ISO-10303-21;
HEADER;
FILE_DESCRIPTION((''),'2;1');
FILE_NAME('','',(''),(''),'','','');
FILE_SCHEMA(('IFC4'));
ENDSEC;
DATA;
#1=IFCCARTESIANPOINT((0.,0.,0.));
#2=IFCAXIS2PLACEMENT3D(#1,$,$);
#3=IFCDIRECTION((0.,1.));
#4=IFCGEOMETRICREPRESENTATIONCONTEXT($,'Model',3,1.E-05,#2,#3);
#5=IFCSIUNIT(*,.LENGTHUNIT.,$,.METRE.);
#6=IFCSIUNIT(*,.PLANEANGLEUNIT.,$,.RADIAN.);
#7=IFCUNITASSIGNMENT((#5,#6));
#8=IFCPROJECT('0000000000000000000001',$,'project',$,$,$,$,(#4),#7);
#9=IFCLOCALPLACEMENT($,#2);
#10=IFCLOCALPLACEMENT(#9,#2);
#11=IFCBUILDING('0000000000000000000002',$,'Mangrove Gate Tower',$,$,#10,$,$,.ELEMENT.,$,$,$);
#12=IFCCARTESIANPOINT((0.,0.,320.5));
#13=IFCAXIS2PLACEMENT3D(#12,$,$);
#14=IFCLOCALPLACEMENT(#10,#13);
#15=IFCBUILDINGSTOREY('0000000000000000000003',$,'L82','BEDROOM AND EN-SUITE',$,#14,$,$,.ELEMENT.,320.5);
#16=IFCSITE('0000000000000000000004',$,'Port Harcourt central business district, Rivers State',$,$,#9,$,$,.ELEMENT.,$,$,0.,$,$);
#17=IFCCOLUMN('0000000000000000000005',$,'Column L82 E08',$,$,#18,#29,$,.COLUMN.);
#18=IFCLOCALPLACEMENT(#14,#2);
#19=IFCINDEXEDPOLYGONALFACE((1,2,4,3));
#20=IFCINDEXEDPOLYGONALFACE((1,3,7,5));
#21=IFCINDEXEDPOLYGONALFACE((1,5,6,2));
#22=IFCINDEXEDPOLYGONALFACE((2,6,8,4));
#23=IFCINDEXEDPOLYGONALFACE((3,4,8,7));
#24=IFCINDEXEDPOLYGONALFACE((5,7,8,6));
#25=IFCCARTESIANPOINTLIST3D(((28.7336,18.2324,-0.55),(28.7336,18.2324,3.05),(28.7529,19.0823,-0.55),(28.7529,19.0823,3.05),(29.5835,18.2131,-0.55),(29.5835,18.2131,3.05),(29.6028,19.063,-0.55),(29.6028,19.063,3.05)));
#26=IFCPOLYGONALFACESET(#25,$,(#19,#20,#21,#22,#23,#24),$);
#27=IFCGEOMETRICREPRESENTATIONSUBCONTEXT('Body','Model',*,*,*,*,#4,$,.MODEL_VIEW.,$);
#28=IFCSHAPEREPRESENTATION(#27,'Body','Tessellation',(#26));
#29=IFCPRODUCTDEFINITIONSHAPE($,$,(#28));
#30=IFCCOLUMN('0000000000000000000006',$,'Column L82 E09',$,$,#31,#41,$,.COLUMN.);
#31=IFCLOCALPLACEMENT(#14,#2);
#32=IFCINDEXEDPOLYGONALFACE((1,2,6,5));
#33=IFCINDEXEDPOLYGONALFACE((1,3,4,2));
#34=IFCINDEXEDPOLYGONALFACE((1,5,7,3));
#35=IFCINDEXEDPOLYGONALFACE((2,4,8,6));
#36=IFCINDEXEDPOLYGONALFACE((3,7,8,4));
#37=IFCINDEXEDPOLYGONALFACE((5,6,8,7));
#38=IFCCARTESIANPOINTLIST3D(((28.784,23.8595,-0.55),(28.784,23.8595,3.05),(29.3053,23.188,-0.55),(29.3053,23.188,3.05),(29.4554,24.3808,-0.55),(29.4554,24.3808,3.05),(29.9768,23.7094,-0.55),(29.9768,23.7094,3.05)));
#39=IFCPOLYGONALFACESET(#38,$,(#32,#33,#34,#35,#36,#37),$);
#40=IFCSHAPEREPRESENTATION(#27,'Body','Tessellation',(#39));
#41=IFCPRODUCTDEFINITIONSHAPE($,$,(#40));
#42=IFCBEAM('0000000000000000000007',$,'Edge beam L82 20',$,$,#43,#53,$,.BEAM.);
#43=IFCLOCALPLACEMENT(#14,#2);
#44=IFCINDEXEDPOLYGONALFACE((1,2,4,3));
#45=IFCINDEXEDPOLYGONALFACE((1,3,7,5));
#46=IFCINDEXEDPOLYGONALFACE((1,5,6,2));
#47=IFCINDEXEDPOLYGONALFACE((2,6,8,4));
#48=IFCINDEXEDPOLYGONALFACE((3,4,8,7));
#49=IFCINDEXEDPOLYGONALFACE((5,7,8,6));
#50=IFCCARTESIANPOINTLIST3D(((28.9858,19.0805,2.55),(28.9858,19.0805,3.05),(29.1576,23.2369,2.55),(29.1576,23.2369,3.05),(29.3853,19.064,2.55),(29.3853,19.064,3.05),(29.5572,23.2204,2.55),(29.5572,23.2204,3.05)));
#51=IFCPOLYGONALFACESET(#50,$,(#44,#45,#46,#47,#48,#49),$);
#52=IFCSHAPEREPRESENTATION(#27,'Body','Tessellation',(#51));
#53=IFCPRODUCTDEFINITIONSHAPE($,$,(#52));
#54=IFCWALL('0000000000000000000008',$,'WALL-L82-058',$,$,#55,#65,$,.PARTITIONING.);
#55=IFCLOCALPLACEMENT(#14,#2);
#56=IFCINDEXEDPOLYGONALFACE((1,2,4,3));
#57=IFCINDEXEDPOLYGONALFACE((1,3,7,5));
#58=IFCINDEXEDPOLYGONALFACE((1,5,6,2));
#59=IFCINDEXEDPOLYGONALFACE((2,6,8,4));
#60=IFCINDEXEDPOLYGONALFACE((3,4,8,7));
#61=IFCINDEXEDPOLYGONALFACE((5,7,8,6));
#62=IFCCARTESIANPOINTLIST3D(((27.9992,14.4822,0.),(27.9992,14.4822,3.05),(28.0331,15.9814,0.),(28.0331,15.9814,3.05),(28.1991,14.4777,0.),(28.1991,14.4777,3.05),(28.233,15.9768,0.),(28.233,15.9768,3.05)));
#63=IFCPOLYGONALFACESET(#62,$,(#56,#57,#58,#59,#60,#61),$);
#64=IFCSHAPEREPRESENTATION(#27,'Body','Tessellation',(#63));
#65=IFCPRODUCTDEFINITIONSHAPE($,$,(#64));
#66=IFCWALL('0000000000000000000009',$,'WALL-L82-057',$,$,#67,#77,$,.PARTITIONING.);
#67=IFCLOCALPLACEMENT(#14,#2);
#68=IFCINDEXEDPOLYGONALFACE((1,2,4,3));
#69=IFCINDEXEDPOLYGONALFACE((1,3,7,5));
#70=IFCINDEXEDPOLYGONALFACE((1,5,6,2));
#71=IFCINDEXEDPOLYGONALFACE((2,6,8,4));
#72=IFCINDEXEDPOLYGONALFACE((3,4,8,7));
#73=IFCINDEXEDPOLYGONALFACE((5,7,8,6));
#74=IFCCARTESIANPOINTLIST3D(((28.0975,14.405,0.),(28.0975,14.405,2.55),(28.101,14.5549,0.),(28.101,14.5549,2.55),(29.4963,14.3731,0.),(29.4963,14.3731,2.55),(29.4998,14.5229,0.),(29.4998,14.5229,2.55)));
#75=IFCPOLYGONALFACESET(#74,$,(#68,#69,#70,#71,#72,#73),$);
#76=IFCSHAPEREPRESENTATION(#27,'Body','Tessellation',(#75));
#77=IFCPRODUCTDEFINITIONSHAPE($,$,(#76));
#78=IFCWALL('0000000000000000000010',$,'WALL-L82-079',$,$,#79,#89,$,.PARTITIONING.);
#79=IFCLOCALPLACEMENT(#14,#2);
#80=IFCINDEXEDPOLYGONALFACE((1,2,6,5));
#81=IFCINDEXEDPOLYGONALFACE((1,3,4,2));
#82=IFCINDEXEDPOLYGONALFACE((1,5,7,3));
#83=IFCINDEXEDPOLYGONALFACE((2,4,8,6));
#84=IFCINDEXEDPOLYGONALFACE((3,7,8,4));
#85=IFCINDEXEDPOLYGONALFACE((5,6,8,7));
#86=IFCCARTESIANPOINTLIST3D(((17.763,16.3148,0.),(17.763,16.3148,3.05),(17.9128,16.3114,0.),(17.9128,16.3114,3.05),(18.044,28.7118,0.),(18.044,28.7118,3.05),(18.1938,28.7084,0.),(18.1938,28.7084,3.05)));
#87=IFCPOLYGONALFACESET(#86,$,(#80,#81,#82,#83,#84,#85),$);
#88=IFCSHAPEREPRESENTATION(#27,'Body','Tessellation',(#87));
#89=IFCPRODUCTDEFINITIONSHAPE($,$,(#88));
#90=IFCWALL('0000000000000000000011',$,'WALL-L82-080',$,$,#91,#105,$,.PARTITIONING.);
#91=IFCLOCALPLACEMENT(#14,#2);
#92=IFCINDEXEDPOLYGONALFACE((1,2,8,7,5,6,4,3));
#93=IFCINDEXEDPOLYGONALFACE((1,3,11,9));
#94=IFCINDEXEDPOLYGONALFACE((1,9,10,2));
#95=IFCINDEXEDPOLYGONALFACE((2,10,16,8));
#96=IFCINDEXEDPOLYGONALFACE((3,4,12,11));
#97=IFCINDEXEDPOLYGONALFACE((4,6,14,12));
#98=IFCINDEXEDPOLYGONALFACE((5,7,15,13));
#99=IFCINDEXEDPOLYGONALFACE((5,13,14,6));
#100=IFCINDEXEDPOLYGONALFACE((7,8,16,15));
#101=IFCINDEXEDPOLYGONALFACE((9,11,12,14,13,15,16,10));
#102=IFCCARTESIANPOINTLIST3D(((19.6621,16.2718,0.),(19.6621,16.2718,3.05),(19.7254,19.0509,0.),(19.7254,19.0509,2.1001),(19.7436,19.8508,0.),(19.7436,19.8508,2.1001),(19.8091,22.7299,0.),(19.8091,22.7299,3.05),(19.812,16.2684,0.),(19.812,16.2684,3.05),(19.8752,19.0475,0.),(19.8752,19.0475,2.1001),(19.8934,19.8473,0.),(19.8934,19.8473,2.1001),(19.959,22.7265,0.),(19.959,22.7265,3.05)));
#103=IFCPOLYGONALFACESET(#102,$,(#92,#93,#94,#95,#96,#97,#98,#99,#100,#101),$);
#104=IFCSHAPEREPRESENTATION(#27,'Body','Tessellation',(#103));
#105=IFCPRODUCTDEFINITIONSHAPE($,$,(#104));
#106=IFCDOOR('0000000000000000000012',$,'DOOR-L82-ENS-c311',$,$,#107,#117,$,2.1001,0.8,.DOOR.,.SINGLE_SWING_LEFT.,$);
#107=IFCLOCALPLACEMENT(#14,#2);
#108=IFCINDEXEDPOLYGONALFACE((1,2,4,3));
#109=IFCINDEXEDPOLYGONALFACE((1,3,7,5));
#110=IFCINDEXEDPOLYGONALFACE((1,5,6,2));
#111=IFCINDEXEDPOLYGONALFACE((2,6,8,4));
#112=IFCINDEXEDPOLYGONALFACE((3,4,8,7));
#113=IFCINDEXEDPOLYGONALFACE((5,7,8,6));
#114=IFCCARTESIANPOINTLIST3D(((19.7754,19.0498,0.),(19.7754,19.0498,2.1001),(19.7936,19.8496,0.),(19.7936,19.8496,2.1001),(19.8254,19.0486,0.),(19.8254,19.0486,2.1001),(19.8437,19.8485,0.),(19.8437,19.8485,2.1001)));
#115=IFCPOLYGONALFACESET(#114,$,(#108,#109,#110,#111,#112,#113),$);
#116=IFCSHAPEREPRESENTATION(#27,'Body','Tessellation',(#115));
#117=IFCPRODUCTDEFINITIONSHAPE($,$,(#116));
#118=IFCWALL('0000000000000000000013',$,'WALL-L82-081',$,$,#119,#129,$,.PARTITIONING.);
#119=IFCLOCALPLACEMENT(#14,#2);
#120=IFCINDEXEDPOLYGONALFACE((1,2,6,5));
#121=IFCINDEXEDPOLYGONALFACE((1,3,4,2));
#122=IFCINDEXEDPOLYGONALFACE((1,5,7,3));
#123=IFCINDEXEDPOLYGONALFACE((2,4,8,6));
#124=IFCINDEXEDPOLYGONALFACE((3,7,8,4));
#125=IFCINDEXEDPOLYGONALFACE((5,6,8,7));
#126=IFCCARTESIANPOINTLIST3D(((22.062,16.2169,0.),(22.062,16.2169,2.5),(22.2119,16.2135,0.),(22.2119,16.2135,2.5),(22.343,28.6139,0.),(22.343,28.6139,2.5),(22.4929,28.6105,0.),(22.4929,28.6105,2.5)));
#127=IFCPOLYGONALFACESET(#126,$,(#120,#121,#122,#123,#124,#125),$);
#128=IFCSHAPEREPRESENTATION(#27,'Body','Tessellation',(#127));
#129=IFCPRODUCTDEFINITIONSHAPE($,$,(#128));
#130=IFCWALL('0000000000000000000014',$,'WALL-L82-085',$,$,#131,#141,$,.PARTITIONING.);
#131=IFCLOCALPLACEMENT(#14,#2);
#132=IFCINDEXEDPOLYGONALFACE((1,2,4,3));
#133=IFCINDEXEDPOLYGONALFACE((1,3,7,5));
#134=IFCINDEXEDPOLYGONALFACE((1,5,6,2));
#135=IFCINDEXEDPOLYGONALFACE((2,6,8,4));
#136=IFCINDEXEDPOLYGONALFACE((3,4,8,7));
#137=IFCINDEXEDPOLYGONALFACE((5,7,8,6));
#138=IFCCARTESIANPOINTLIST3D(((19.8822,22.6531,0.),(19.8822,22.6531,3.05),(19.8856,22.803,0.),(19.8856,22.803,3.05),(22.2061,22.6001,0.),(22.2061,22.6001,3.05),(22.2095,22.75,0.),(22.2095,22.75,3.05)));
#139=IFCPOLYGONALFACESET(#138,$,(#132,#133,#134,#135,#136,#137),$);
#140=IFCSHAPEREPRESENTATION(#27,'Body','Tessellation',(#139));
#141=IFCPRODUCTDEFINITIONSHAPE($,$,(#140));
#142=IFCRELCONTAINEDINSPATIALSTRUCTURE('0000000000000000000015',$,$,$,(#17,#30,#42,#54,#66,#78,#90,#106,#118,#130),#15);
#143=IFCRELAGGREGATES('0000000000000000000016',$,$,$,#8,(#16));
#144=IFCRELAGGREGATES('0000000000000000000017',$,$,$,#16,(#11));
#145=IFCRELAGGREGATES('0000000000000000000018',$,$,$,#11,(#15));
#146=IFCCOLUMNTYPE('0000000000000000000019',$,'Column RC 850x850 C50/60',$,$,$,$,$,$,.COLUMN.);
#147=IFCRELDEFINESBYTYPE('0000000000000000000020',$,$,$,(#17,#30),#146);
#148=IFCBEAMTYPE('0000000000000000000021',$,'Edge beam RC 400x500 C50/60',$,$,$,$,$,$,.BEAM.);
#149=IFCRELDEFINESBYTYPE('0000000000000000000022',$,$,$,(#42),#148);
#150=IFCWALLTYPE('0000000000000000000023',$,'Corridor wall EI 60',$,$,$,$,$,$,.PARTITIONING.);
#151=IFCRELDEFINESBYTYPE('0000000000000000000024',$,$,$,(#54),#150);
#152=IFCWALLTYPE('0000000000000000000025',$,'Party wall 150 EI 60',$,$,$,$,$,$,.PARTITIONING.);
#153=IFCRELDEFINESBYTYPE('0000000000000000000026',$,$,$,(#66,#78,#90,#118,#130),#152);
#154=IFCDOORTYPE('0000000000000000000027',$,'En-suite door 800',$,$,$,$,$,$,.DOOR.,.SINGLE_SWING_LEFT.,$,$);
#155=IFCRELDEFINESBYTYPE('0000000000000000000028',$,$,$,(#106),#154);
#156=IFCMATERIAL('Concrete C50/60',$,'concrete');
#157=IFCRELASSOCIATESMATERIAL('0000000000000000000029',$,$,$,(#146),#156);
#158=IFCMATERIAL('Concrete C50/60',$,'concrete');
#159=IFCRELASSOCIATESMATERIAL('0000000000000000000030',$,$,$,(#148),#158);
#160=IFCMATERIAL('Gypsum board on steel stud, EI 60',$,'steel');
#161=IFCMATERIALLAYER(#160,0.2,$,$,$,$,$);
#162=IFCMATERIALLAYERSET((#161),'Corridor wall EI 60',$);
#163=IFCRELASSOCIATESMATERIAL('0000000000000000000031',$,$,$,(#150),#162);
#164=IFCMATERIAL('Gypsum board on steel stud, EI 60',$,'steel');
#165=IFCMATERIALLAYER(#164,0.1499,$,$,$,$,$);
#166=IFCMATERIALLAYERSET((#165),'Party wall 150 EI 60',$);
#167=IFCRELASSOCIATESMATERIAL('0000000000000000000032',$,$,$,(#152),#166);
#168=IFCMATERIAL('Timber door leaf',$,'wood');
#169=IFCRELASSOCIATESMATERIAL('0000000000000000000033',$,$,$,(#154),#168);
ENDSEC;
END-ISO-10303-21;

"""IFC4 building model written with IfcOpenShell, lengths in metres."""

from ifc_helpers import new_model, si_unit, direction, frame, frame_2d, origin, origin_2d, place, context, subcontext, project, spatial, rectangle, extrude, material, layer, layer_set, material_profile, profile_set, type_object, element, fill, save


model = new_model("IFC4")

# Units and contexts
model_context = context("Model", 3, precision=1e-05, world=origin(), true_north=direction((0.0, 1.0)))
body_context = subcontext(model_context, "Body", "Model", "MODEL_VIEW")
ifc_project = project(units=[si_unit("LENGTHUNIT", "METRE"), si_unit("PLANEANGLEUNIT", "RADIAN")], contexts=[model_context])

# Site, building, storey
site_placement = place(None, origin())
site = spatial("IfcSite", under=ifc_project, at=site_placement, Name="Port Harcourt central business district, Rivers State", CompositionType="ELEMENT", RefElevation=0.0)
building_placement = place(site_placement, origin())
building = spatial("IfcBuilding", under=site, at=building_placement, Name="Mangrove Gate Tower", CompositionType="ELEMENT")
storey_placement = place(building_placement, frame((0.0, 0.0, 320.5)))
storey = spatial("IfcBuildingStorey", under=building, at=storey_placement, Name="L82", Description="BEDROOM AND EN-SUITE", CompositionType="ELEMENT", Elevation=320.5)

# Columns
ifc_material_1 = material(Name="Concrete C50/60", Category="concrete")
ifc_material_profile_1 = material_profile(ifc_material_1, rectangle(XDim=0.8501, YDim=0.8501, at=origin_2d()))
ifc_profile_set_1 = profile_set([ifc_material_profile_1], Name="Concrete C50/60")
column_type = type_object("IfcColumnType", Name="Column RC 850x850 C50/60", PredefinedType="COLUMN", material=ifc_profile_set_1)
for number, where, z_axis, x_axis, name in (
    (1, (29.1682, 18.6477, -0.55), (0.0, 0.0, 1.0), (0.022652, 0.999743, 0.0), "Column L82 E08"),
    (2, (29.3804, 23.7844, -0.55), (0.0, 0.0, 1.0), (-0.613295, 0.789854, 0.0), "Column L82 E09"),
):
    element("IfcColumn", number, at=place(storey_placement, frame(where, z_axis=z_axis, x_axis=x_axis)), inside=storey, type_object=column_type, Name=name, PredefinedType="COLUMN", context=body_context, shape_type="SweptSolid", body=[
        extrude(rectangle(XDim=0.8501, YDim=0.8501, at=origin_2d()), origin(), (0.0, 0.0, 1.0), 3.6001),
    ])

# Beam
ifc_material_2 = material(Name="Concrete C50/60", Category="concrete")
ifc_material_profile_2 = material_profile(ifc_material_2, rectangle(XDim=0.3999, YDim=0.5, at=origin_2d()))
ifc_profile_set_2 = profile_set([ifc_material_profile_2], Name="Concrete C50/60")
beam_type = type_object("IfcBeamType", Name="Edge beam RC 400x500 C50/60", PredefinedType="BEAM", material=ifc_profile_set_2)
beam_placement = place(storey_placement, frame((29.1855, 19.0723, 2.8), z_axis=(0.041318, 0.999146, 0.0), x_axis=(-0.999146, 0.041318, 0.0)))
element("IfcBeam", 3, at=beam_placement, inside=storey, type_object=beam_type, Name="Edge beam L82 20", PredefinedType="BEAM", context=body_context, shape_type="SweptSolid", body=[
    extrude(rectangle(XDim=0.3999, YDim=0.5, at=origin_2d()), origin(), (0.0, 0.0, 1.0), 4.1599),
])

# Walls
ifc_material_3 = material(Name="Gypsum board on steel stud, EI 60", Category="steel")
ifc_layer_1 = layer(ifc_material_3, 0.2)
ifc_layer_set_1 = layer_set([ifc_layer_1], Name="Corridor wall EI 60")
wall_type_1 = type_object("IfcWallType", Name="Corridor wall EI 60", PredefinedType="PARTITIONING", material=ifc_layer_set_1)
wall_1_placement = place(storey_placement, frame((28.0991, 14.48, 0.0), z_axis=(0.0, 0.0, 1.0), x_axis=(0.022633, 0.999744, 0.0)))
element("IfcWall", 4, at=wall_1_placement, inside=storey, type_object=wall_type_1, Name="WALL-L82-058", PredefinedType="PARTITIONING", context=body_context, shape_type="SweptSolid", body=[
    extrude(rectangle(XDim=1.4995, YDim=0.2, at=frame_2d((0.7498, 0.0))), origin(), (0.0, 0.0, 1.0), 3.05),
])
ifc_material_4 = material(Name="Gypsum board on steel stud, EI 60", Category="steel")
ifc_layer_2 = layer(ifc_material_4, 0.1499)
ifc_layer_set_2 = layer_set([ifc_layer_2], Name="Party wall 150 EI 60")
wall_type_2 = type_object("IfcWallType", Name="Party wall 150 EI 60", PredefinedType="PARTITIONING", material=ifc_layer_set_2)
wall_2_placement = place(storey_placement, frame((28.0991, 14.48, 0.0), z_axis=(0.0, 0.0, 1.0), x_axis=(0.999739, -0.022856, 0.0)))
element("IfcWall", 5, at=wall_2_placement, inside=storey, type_object=wall_type_2, Name="WALL-L82-057", PredefinedType="PARTITIONING", context=body_context, shape_type="SweptSolid", body=[
    extrude(rectangle(XDim=1.3992, YDim=0.1499, at=frame_2d((0.6997, 0.0))), origin(), (0.0, 0.0, 1.0), 2.55),
])
wall_3_placement = place(storey_placement, frame((17.8379, 16.313, 0.0), z_axis=(0.0, 0.0, 1.0), x_axis=(0.022661, 0.999743, 0.0)))
element("IfcWall", 6, at=wall_3_placement, inside=storey, type_object=wall_type_2, Name="WALL-L82-079", PredefinedType="PARTITIONING", context=body_context, shape_type="SweptSolid", body=[
    extrude(rectangle(XDim=12.4001, YDim=0.1499, at=frame_2d((6.2002, 0.0))), origin(), (0.0, 0.0, 1.0), 3.05),
])

# Wall, opening, door
wall_4_placement = place(storey_placement, frame((19.7371, 16.27, 0.0), z_axis=(0.0, 0.0, 1.0), x_axis=(0.022752, 0.999741, 0.0)))
wall_4 = element("IfcWall", 7, at=wall_4_placement, inside=storey, type_object=wall_type_2, Name="WALL-L82-080", PredefinedType="PARTITIONING", context=body_context, shape_type="SweptSolid", body=[
    extrude(rectangle(XDim=6.4597, YDim=0.1499, at=frame_2d((3.23, 0.0))), origin(), (0.0, 0.0, 1.0), 3.05),
])
opening_placement = place(wall_4_placement, frame((2.78, 0.0, 0.0)))
opening = element("IfcOpeningElement", 8, at=opening_placement, cuts=wall_4, PredefinedType="OPENING", context=body_context, shape_type="SweptSolid", body=[
    extrude(rectangle(XDim=0.8, YDim=2.1001, at=frame_2d((0.3999, 1.05))), frame((0.0, 0.085, 0.0), z_axis=(0.0, -1.0, 0.0), x_axis=(1.0, 0.0, 0.0)), (0.0, 0.0, 1.0), 0.1699),
])
ifc_material_5 = material(Name="Timber door leaf", Category="wood")
door_type = type_object("IfcDoorType", Name="En-suite door 800", OperationType="SINGLE_SWING_LEFT", PredefinedType="DOOR", material=ifc_material_5)
door_placement = place(opening_placement, origin())
door = element("IfcDoor", 9, at=door_placement, inside=storey, type_object=door_type, Name="DOOR-L82-ENS-c311", OperationType="SINGLE_SWING_LEFT", OverallHeight=2.1001, OverallWidth=0.8, PredefinedType="DOOR", context=body_context, shape_type="SweptSolid", body=[
    extrude(rectangle(XDim=0.8, YDim=2.1001, at=frame_2d((0.3999, 1.05))), frame((0.0, 0.0249, 0.0), z_axis=(0.0, -1.0, 0.0), x_axis=(1.0, 0.0, 0.0)), (0.0, 0.0, 1.0), 0.05),
])
fill(opening, door)

# Walls
wall_5_placement = place(storey_placement, frame((22.137, 16.2151, 0.0), z_axis=(0.0, 0.0, 1.0), x_axis=(0.022661, 0.999743, 0.0)))
element("IfcWall", 10, at=wall_5_placement, inside=storey, type_object=wall_type_2, Name="WALL-L82-081", PredefinedType="PARTITIONING", context=body_context, shape_type="SweptSolid", body=[
    extrude(rectangle(XDim=12.4001, YDim=0.1499, at=frame_2d((6.2002, 0.0))), origin(), (0.0, 0.0, 1.0), 2.5),
])
wall_6_placement = place(storey_placement, frame((19.884, 22.728, 0.0), z_axis=(0.0, 0.0, 1.0), x_axis=(0.99974, -0.022791, 0.0)))
element("IfcWall", 11, at=wall_6_placement, inside=storey, type_object=wall_type_2, Name="WALL-L82-085", PredefinedType="PARTITIONING", context=body_context, shape_type="SweptSolid", body=[
    extrude(rectangle(XDim=2.3245, YDim=0.1499, at=frame_2d((1.1621, 0.0))), origin(), (0.0, 0.0, 1.0), 3.05),
])

save(model, "model.ifc")
